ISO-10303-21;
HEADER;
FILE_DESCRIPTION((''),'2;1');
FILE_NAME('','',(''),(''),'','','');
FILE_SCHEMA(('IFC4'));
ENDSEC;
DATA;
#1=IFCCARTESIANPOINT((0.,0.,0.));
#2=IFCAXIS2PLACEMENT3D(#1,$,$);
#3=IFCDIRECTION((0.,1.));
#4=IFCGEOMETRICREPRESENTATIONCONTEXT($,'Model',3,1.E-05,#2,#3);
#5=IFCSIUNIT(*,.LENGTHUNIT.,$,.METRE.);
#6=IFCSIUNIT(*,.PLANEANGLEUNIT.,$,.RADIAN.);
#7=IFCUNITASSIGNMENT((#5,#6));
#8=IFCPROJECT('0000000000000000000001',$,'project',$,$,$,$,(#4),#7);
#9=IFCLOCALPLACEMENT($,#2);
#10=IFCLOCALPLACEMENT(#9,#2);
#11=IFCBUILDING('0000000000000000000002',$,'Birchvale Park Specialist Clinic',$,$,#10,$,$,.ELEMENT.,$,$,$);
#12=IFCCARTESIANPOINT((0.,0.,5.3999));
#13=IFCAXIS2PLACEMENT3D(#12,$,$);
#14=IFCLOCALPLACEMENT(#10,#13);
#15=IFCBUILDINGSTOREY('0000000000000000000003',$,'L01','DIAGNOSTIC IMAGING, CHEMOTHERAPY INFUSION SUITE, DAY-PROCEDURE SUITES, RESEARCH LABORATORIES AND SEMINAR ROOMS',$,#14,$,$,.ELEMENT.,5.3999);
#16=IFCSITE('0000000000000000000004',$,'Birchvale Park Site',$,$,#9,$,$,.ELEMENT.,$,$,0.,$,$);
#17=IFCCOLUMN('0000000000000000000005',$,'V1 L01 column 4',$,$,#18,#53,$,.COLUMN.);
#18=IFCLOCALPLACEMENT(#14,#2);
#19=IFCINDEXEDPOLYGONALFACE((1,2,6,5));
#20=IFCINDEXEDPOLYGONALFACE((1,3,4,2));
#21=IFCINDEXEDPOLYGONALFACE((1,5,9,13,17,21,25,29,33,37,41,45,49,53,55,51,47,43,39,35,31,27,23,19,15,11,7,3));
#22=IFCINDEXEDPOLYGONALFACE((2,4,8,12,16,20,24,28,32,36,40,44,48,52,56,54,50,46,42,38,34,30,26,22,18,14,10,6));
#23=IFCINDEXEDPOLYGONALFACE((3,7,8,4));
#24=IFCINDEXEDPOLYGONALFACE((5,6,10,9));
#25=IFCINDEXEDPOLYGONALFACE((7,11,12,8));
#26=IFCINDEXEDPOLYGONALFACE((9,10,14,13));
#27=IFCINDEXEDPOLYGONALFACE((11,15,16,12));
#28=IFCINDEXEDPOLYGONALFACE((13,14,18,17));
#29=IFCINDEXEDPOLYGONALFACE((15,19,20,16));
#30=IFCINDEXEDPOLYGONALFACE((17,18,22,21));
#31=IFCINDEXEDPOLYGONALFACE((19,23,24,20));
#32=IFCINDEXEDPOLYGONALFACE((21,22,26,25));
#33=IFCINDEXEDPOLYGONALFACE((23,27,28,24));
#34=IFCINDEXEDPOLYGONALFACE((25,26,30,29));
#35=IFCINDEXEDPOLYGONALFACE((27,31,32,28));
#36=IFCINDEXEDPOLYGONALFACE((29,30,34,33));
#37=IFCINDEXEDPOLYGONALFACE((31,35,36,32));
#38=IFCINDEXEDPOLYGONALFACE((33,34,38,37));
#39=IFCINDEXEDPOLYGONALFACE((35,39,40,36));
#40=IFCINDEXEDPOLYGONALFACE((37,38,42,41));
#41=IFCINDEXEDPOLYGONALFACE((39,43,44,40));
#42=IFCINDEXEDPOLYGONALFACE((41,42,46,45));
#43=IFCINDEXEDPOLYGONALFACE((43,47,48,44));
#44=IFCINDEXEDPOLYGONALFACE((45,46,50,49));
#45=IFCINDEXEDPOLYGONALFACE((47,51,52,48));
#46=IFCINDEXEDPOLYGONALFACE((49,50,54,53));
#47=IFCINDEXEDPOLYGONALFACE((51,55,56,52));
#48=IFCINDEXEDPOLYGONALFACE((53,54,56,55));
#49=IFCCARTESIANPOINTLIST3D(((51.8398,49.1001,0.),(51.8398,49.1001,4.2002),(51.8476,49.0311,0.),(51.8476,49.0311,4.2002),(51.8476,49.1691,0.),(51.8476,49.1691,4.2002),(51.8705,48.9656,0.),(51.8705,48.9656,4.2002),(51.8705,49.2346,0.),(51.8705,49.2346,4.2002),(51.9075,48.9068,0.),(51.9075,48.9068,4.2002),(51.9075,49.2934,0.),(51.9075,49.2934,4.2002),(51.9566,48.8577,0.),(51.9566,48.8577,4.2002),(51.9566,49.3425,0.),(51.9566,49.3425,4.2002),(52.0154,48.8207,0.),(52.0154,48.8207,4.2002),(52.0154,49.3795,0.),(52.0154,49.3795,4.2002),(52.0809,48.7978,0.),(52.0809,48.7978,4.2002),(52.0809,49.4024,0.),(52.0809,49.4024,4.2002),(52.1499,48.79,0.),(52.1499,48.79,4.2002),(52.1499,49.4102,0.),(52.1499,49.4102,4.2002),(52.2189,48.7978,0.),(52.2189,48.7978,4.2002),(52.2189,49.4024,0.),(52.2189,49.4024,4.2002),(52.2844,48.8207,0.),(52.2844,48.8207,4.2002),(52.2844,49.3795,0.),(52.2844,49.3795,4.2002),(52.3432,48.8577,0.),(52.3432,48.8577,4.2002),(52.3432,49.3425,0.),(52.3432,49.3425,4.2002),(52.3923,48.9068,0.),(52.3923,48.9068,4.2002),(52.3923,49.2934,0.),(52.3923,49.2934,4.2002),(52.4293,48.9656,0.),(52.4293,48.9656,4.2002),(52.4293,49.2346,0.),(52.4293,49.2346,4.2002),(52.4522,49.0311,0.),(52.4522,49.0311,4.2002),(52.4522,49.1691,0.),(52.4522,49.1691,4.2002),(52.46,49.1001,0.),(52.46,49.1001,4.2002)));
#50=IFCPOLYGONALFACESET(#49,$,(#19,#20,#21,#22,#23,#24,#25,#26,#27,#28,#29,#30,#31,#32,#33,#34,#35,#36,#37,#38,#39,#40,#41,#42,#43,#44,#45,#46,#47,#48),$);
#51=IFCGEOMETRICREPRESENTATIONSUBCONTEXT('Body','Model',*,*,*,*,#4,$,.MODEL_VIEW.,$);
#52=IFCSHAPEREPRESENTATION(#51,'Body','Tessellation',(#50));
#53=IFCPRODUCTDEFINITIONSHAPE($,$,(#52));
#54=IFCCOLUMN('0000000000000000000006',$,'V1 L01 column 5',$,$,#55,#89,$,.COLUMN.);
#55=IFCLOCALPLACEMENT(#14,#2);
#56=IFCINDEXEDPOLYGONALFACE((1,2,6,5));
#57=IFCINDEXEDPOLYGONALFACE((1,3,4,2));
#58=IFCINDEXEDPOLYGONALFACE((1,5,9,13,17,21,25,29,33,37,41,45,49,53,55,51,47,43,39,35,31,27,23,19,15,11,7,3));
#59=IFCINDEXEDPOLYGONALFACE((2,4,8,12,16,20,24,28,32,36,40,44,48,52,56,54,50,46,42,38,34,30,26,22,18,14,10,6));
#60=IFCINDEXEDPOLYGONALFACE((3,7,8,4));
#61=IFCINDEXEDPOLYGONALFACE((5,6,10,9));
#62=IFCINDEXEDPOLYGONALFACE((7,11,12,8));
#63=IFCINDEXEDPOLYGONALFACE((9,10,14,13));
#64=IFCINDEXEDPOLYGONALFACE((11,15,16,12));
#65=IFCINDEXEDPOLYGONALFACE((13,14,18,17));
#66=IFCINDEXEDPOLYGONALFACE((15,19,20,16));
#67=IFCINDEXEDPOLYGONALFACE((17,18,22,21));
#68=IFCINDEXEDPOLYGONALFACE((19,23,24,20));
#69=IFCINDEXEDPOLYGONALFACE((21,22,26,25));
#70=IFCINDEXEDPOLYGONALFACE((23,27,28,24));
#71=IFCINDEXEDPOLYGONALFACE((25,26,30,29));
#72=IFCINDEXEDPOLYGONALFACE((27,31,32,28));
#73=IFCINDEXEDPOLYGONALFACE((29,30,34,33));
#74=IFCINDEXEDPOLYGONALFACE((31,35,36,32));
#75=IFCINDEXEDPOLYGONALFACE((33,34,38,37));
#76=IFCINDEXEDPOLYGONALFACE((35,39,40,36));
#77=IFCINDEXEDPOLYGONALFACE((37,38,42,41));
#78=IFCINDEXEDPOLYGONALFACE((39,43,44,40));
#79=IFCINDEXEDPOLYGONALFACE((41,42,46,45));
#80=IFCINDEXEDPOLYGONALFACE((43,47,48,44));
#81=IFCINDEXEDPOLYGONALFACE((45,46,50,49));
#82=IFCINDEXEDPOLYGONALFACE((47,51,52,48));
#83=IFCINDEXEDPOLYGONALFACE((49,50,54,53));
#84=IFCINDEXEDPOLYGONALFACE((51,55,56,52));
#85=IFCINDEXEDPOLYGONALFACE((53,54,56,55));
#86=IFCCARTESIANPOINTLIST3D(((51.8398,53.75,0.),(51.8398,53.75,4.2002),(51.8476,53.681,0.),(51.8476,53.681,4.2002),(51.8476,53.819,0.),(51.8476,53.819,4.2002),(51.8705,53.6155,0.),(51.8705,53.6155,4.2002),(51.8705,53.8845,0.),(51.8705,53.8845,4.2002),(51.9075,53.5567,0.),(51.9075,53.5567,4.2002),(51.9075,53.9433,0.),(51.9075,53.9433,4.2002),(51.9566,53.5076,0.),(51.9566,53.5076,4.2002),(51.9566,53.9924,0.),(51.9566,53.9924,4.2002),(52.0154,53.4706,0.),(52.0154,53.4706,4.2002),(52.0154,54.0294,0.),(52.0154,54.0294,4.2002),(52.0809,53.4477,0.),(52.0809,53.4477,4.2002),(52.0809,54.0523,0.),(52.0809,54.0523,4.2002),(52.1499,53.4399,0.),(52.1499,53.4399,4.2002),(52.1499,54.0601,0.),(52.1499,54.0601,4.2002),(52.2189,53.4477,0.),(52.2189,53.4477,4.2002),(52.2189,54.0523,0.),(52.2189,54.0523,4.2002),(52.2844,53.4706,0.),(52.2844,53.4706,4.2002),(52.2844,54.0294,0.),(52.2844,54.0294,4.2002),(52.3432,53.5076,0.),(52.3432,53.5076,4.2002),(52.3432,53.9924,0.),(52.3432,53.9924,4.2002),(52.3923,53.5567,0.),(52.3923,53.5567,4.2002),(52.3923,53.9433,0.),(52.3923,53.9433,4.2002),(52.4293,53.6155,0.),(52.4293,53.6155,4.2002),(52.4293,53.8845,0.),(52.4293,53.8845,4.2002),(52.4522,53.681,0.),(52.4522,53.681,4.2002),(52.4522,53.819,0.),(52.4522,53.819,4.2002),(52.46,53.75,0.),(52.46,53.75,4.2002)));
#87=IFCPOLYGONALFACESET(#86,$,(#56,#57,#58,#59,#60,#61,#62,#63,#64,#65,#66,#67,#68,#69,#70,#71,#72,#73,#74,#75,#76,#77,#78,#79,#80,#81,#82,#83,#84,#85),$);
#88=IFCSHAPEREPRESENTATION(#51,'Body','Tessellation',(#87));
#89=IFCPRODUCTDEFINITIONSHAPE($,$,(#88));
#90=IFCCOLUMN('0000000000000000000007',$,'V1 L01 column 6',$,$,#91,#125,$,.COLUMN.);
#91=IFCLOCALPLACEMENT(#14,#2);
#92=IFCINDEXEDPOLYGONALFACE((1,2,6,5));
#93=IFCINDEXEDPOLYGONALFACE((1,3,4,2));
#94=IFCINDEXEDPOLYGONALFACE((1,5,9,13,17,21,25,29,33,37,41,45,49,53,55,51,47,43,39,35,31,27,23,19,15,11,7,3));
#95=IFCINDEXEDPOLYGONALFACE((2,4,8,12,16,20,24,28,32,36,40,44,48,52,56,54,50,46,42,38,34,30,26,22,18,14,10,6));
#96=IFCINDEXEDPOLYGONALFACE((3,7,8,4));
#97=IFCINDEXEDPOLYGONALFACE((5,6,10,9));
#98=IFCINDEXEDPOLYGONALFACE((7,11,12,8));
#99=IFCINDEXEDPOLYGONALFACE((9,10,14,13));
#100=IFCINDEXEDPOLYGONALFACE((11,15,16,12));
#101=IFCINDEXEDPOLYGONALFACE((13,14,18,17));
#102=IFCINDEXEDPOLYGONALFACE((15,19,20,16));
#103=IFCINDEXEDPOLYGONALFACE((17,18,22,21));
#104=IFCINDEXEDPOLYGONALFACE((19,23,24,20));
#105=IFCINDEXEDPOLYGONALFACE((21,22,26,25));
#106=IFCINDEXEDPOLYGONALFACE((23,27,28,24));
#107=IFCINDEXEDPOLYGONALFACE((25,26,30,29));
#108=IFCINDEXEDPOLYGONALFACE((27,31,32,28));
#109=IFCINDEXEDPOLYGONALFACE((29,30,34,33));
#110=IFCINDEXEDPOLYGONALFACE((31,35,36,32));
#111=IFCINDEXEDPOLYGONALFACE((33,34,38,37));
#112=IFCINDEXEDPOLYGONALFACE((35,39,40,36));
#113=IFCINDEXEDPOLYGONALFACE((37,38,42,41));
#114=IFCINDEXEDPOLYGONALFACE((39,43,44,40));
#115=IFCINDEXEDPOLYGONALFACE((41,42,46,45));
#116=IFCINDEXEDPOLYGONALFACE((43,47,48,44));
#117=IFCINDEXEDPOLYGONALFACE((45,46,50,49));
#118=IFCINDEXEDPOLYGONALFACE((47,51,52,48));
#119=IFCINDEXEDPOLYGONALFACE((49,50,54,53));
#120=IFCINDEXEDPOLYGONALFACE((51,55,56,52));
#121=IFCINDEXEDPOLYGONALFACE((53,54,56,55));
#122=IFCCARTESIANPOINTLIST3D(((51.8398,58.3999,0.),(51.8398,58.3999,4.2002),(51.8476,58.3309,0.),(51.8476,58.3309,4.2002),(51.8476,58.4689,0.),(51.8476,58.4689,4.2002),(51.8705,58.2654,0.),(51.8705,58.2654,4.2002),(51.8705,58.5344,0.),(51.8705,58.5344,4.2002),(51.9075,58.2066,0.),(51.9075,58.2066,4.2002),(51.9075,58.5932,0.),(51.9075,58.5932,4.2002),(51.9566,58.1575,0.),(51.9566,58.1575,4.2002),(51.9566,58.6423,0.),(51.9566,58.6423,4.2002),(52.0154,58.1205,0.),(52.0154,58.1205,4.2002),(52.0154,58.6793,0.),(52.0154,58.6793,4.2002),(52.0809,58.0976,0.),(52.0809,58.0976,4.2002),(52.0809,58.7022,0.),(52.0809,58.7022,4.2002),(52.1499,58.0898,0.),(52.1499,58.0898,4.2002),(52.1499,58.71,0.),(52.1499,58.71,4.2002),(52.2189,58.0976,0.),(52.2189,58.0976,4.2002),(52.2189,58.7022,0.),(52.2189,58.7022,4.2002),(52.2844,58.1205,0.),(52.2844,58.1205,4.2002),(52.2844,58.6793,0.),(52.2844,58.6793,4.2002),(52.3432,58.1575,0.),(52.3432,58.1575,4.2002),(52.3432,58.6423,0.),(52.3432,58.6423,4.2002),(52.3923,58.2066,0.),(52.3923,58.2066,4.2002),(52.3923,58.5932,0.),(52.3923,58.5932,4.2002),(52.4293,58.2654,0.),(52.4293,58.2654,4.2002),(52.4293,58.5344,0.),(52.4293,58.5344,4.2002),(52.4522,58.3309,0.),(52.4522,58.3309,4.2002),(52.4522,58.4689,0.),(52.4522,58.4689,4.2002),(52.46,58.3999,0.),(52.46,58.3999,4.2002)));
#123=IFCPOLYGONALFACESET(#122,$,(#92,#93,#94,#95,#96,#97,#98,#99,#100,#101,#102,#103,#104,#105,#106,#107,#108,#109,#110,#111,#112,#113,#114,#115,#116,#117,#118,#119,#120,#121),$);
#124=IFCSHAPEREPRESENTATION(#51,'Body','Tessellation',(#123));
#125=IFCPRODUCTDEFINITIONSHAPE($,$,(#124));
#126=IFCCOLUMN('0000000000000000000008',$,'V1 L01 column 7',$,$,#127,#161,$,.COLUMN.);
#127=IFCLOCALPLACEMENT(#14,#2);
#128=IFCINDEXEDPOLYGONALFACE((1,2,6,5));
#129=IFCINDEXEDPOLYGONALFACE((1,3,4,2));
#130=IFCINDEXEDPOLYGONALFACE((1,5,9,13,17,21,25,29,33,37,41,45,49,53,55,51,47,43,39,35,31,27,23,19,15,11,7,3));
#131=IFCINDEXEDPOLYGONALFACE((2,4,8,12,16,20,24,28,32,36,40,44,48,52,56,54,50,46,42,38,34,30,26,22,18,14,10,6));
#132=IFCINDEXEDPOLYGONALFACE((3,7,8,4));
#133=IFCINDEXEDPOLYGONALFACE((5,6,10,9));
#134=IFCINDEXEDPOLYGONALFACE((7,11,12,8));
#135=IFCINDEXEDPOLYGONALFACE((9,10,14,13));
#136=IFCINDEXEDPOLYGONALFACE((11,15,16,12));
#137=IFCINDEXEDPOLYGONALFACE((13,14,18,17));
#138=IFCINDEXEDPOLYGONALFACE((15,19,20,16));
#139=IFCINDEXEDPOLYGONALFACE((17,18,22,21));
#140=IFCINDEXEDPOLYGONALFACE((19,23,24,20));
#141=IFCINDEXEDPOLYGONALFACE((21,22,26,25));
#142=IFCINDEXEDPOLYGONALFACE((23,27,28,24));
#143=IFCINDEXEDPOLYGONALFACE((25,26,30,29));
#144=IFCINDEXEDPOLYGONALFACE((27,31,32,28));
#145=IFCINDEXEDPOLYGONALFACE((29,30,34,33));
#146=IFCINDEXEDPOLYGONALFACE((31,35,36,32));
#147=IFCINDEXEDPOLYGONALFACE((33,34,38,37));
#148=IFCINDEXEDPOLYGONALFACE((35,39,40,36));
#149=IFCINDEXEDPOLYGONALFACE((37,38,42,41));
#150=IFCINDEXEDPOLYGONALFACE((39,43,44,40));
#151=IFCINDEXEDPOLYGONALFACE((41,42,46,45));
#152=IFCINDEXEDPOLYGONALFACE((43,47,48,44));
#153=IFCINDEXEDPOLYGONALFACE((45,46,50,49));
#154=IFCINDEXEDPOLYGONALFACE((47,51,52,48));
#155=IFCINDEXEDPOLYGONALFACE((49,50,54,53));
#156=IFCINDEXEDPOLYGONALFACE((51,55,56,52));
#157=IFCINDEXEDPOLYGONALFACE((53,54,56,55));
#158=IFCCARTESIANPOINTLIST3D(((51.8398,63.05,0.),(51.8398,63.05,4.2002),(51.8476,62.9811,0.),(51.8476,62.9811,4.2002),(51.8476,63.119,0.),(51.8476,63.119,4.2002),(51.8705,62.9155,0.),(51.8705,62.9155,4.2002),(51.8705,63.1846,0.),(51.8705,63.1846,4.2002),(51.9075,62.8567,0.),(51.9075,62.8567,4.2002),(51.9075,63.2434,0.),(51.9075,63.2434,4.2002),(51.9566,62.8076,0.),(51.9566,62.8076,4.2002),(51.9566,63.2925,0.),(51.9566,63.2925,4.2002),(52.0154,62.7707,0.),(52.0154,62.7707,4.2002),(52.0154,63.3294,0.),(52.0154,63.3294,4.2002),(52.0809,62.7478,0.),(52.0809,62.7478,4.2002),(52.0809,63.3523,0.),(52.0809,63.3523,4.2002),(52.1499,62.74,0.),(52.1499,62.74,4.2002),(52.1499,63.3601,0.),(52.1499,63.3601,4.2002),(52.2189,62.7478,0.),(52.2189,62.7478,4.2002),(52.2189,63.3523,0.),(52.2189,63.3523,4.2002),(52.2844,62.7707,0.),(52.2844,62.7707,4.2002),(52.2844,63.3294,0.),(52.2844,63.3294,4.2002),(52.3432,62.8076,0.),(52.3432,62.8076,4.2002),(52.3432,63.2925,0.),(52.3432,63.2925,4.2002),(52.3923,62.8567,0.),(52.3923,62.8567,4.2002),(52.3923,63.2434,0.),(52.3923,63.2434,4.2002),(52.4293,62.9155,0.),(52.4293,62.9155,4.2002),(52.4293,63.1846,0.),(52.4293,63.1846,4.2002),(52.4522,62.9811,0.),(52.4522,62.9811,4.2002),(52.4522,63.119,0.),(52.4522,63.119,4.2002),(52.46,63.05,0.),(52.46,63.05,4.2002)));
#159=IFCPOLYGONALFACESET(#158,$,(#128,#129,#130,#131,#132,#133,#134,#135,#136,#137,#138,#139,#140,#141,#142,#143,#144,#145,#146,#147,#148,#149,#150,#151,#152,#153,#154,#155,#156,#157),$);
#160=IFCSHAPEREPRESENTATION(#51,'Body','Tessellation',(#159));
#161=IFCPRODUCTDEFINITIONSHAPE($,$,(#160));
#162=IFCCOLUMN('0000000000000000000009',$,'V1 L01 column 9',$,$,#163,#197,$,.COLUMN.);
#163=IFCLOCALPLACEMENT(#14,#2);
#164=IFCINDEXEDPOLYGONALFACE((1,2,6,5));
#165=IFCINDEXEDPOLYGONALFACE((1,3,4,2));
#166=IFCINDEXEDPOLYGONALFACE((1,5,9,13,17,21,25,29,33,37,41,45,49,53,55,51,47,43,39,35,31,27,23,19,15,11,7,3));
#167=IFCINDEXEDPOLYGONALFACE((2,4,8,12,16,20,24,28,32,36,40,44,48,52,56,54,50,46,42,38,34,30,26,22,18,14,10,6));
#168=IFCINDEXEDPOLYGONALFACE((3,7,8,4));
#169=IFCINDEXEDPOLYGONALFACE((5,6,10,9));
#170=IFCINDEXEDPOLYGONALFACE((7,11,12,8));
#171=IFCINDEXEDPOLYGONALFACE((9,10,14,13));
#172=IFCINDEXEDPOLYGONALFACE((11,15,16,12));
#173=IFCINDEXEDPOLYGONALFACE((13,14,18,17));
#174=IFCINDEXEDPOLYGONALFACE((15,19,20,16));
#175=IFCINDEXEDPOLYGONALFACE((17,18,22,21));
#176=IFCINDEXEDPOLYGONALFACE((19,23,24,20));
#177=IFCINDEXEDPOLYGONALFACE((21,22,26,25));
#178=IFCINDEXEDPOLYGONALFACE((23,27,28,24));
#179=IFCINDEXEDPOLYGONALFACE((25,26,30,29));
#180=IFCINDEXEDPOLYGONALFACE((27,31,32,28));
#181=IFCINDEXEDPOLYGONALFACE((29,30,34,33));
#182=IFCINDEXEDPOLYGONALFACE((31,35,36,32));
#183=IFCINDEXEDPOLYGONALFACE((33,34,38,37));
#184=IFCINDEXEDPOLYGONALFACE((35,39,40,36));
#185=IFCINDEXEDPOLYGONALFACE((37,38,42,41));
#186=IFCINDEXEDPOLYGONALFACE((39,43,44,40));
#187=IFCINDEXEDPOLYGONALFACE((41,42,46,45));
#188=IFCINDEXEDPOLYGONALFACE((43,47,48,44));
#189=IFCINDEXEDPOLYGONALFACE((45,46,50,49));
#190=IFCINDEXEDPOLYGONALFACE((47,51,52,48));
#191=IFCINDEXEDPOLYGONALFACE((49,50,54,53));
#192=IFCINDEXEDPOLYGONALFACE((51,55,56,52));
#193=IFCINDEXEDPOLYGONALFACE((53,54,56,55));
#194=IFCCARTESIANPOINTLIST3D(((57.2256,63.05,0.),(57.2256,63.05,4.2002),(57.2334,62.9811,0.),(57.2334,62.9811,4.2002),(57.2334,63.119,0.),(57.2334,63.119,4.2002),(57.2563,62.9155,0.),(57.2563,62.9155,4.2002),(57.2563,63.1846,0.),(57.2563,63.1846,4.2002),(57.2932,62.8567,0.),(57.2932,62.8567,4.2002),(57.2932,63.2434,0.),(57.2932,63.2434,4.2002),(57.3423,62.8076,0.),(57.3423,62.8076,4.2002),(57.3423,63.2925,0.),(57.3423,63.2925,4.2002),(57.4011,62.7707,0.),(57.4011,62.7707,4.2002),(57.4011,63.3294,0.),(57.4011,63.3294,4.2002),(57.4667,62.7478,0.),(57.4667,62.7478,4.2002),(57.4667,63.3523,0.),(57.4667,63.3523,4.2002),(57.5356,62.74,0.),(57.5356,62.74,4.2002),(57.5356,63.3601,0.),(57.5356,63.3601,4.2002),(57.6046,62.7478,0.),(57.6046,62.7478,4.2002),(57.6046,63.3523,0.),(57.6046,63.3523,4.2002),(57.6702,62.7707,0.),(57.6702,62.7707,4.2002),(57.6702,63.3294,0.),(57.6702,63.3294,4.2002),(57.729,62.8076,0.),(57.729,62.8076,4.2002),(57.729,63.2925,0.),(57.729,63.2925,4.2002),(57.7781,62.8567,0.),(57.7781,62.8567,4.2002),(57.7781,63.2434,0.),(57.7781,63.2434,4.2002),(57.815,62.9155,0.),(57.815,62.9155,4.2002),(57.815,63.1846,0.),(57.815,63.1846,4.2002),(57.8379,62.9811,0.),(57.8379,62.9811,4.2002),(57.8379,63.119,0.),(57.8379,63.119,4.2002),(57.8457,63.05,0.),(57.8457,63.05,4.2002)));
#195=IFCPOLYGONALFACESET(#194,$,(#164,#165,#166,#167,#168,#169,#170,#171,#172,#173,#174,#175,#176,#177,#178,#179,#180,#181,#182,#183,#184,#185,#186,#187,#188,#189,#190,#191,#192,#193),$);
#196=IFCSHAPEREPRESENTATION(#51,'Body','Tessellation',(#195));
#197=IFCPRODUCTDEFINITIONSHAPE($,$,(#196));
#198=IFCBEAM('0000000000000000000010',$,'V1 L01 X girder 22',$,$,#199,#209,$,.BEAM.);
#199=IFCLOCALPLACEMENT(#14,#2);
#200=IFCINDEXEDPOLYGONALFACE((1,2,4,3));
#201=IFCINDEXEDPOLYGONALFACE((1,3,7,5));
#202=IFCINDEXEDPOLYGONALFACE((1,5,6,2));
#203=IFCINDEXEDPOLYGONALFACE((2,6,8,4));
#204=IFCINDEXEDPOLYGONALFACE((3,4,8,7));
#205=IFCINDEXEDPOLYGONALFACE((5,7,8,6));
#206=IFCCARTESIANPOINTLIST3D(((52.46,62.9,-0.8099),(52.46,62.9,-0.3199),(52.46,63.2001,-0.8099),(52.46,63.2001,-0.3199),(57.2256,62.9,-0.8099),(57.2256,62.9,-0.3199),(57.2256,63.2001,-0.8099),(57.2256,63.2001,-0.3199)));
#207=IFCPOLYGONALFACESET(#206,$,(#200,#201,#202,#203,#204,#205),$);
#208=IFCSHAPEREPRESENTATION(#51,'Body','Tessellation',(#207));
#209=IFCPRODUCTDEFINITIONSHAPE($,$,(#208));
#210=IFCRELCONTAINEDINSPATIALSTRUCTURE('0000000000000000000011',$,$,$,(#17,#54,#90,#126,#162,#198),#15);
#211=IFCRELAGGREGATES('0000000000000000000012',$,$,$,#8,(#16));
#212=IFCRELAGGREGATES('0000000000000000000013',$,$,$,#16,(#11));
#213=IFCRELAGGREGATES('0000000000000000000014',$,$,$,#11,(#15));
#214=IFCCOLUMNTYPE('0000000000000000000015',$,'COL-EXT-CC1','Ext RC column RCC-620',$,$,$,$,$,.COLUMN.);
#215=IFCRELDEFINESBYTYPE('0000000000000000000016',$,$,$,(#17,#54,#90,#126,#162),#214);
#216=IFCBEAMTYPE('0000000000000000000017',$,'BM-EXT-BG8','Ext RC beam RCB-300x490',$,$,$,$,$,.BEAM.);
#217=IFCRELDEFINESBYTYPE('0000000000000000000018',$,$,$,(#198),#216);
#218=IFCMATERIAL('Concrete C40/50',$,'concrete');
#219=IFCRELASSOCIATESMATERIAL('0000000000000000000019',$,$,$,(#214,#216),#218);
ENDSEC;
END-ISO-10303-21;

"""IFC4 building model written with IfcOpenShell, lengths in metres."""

from ifc_helpers import new_model, si_unit, direction, frame, origin, origin_2d, place, context, subcontext, project, spatial, rectangle, circle, extrude, material, material_profile, profile_set, type_object, element, save


model = new_model("IFC4")

# Units and contexts
model_context = context("Model", 3, precision=1e-05, world=origin(), true_north=direction((0.0, 1.0)))
body_context = subcontext(model_context, "Body", "Model", "MODEL_VIEW")
ifc_project = project(units=[si_unit("LENGTHUNIT", "METRE"), si_unit("PLANEANGLEUNIT", "RADIAN")], contexts=[model_context])

# Site, building, storey
site_placement = place(None, origin())
site = spatial("IfcSite", under=ifc_project, at=site_placement, Name="Birchvale Park Site", CompositionType="ELEMENT", RefElevation=0.0)
building_placement = place(site_placement, origin())
building = spatial("IfcBuilding", under=site, at=building_placement, Name="Birchvale Park Specialist Clinic", CompositionType="ELEMENT")
storey_placement = place(building_placement, frame((0.0, 0.0, 5.3999)))
storey = spatial("IfcBuildingStorey", under=building, at=storey_placement, Name="L01", Description="DIAGNOSTIC IMAGING, CHEMOTHERAPY INFUSION SUITE, DAY-PROCEDURE SUITES, RESEARCH LABORATORIES AND SEMINAR ROOMS", CompositionType="ELEMENT", Elevation=5.3999)

# Columns
ifc_material_1 = material(Name="Concrete C40/50", Category="concrete")
ifc_material_profile_1 = material_profile(ifc_material_1, circle(Radius=0.3101, at=origin_2d()), Name="RCC-620")
ifc_profile_set_1 = profile_set([ifc_material_profile_1], Name="Concrete C40/50")
column_type = type_object("IfcColumnType", Name="COL-EXT-CC1", Description="Ext RC column RCC-620", PredefinedType="COLUMN", material=ifc_profile_set_1)
for number, where, z_axis, x_axis, name in (
    (1, (52.1499, 49.1001, 0.0), (0.0, 0.0, 1.0), (1.0, 0.0, 0.0), "V1 L01 column 4"),
    (2, (52.1499, 53.75, 0.0), (0.0, 0.0, 1.0), (1.0, 0.0, 0.0), "V1 L01 column 5"),
    (3, (52.1499, 58.3999, 0.0), (0.0, 0.0, 1.0), (1.0, 0.0, 0.0), "V1 L01 column 6"),
    (4, (52.1499, 63.05, 0.0), (0.0, 0.0, 1.0), (1.0, 0.0, 0.0), "V1 L01 column 7"),
    (5, (57.5356, 63.05, 0.0), (0.0, 0.0, 1.0), (1.0, 0.0, 0.0), "V1 L01 column 9"),
):
    element("IfcColumn", number, at=place(storey_placement, frame(where, z_axis=z_axis, x_axis=x_axis)), inside=storey, type_object=column_type, Name=name, PredefinedType="COLUMN", context=body_context, shape_type="SweptSolid", body=[
        extrude(circle(Radius=0.3101, at=origin_2d()), origin(), (0.0, 0.0, 1.0), 4.2002),
    ])

# Beam
ifc_material_profile_2 = material_profile(ifc_material_1, rectangle(XDim=0.3, YDim=0.49, at=origin_2d()), Name="RCB-300x490")
ifc_profile_set_2 = profile_set([ifc_material_profile_2], Name="Concrete C40/50")
beam_type_1 = type_object("IfcBeamType", Name="BM-EXT-BG8", Description="Ext RC beam RCB-300x490", PredefinedType="BEAM", material=ifc_profile_set_2)
beam_1_placement = place(storey_placement, frame((52.46, 63.05, -0.5649), z_axis=(1.0, 0.0, 0.0), x_axis=(0.0, 1.0, 0.0)))
element("IfcBeam", 6, at=beam_1_placement, inside=storey, type_object=beam_type_1, Name="V1 L01 X girder 22", PredefinedType="BEAM", context=body_context, shape_type="SweptSolid", body=[
    extrude(rectangle(XDim=0.3, YDim=0.49, at=origin_2d()), origin(), (0.0, 0.0, 1.0), 4.7656),
])

save(model, "model.ifc")
